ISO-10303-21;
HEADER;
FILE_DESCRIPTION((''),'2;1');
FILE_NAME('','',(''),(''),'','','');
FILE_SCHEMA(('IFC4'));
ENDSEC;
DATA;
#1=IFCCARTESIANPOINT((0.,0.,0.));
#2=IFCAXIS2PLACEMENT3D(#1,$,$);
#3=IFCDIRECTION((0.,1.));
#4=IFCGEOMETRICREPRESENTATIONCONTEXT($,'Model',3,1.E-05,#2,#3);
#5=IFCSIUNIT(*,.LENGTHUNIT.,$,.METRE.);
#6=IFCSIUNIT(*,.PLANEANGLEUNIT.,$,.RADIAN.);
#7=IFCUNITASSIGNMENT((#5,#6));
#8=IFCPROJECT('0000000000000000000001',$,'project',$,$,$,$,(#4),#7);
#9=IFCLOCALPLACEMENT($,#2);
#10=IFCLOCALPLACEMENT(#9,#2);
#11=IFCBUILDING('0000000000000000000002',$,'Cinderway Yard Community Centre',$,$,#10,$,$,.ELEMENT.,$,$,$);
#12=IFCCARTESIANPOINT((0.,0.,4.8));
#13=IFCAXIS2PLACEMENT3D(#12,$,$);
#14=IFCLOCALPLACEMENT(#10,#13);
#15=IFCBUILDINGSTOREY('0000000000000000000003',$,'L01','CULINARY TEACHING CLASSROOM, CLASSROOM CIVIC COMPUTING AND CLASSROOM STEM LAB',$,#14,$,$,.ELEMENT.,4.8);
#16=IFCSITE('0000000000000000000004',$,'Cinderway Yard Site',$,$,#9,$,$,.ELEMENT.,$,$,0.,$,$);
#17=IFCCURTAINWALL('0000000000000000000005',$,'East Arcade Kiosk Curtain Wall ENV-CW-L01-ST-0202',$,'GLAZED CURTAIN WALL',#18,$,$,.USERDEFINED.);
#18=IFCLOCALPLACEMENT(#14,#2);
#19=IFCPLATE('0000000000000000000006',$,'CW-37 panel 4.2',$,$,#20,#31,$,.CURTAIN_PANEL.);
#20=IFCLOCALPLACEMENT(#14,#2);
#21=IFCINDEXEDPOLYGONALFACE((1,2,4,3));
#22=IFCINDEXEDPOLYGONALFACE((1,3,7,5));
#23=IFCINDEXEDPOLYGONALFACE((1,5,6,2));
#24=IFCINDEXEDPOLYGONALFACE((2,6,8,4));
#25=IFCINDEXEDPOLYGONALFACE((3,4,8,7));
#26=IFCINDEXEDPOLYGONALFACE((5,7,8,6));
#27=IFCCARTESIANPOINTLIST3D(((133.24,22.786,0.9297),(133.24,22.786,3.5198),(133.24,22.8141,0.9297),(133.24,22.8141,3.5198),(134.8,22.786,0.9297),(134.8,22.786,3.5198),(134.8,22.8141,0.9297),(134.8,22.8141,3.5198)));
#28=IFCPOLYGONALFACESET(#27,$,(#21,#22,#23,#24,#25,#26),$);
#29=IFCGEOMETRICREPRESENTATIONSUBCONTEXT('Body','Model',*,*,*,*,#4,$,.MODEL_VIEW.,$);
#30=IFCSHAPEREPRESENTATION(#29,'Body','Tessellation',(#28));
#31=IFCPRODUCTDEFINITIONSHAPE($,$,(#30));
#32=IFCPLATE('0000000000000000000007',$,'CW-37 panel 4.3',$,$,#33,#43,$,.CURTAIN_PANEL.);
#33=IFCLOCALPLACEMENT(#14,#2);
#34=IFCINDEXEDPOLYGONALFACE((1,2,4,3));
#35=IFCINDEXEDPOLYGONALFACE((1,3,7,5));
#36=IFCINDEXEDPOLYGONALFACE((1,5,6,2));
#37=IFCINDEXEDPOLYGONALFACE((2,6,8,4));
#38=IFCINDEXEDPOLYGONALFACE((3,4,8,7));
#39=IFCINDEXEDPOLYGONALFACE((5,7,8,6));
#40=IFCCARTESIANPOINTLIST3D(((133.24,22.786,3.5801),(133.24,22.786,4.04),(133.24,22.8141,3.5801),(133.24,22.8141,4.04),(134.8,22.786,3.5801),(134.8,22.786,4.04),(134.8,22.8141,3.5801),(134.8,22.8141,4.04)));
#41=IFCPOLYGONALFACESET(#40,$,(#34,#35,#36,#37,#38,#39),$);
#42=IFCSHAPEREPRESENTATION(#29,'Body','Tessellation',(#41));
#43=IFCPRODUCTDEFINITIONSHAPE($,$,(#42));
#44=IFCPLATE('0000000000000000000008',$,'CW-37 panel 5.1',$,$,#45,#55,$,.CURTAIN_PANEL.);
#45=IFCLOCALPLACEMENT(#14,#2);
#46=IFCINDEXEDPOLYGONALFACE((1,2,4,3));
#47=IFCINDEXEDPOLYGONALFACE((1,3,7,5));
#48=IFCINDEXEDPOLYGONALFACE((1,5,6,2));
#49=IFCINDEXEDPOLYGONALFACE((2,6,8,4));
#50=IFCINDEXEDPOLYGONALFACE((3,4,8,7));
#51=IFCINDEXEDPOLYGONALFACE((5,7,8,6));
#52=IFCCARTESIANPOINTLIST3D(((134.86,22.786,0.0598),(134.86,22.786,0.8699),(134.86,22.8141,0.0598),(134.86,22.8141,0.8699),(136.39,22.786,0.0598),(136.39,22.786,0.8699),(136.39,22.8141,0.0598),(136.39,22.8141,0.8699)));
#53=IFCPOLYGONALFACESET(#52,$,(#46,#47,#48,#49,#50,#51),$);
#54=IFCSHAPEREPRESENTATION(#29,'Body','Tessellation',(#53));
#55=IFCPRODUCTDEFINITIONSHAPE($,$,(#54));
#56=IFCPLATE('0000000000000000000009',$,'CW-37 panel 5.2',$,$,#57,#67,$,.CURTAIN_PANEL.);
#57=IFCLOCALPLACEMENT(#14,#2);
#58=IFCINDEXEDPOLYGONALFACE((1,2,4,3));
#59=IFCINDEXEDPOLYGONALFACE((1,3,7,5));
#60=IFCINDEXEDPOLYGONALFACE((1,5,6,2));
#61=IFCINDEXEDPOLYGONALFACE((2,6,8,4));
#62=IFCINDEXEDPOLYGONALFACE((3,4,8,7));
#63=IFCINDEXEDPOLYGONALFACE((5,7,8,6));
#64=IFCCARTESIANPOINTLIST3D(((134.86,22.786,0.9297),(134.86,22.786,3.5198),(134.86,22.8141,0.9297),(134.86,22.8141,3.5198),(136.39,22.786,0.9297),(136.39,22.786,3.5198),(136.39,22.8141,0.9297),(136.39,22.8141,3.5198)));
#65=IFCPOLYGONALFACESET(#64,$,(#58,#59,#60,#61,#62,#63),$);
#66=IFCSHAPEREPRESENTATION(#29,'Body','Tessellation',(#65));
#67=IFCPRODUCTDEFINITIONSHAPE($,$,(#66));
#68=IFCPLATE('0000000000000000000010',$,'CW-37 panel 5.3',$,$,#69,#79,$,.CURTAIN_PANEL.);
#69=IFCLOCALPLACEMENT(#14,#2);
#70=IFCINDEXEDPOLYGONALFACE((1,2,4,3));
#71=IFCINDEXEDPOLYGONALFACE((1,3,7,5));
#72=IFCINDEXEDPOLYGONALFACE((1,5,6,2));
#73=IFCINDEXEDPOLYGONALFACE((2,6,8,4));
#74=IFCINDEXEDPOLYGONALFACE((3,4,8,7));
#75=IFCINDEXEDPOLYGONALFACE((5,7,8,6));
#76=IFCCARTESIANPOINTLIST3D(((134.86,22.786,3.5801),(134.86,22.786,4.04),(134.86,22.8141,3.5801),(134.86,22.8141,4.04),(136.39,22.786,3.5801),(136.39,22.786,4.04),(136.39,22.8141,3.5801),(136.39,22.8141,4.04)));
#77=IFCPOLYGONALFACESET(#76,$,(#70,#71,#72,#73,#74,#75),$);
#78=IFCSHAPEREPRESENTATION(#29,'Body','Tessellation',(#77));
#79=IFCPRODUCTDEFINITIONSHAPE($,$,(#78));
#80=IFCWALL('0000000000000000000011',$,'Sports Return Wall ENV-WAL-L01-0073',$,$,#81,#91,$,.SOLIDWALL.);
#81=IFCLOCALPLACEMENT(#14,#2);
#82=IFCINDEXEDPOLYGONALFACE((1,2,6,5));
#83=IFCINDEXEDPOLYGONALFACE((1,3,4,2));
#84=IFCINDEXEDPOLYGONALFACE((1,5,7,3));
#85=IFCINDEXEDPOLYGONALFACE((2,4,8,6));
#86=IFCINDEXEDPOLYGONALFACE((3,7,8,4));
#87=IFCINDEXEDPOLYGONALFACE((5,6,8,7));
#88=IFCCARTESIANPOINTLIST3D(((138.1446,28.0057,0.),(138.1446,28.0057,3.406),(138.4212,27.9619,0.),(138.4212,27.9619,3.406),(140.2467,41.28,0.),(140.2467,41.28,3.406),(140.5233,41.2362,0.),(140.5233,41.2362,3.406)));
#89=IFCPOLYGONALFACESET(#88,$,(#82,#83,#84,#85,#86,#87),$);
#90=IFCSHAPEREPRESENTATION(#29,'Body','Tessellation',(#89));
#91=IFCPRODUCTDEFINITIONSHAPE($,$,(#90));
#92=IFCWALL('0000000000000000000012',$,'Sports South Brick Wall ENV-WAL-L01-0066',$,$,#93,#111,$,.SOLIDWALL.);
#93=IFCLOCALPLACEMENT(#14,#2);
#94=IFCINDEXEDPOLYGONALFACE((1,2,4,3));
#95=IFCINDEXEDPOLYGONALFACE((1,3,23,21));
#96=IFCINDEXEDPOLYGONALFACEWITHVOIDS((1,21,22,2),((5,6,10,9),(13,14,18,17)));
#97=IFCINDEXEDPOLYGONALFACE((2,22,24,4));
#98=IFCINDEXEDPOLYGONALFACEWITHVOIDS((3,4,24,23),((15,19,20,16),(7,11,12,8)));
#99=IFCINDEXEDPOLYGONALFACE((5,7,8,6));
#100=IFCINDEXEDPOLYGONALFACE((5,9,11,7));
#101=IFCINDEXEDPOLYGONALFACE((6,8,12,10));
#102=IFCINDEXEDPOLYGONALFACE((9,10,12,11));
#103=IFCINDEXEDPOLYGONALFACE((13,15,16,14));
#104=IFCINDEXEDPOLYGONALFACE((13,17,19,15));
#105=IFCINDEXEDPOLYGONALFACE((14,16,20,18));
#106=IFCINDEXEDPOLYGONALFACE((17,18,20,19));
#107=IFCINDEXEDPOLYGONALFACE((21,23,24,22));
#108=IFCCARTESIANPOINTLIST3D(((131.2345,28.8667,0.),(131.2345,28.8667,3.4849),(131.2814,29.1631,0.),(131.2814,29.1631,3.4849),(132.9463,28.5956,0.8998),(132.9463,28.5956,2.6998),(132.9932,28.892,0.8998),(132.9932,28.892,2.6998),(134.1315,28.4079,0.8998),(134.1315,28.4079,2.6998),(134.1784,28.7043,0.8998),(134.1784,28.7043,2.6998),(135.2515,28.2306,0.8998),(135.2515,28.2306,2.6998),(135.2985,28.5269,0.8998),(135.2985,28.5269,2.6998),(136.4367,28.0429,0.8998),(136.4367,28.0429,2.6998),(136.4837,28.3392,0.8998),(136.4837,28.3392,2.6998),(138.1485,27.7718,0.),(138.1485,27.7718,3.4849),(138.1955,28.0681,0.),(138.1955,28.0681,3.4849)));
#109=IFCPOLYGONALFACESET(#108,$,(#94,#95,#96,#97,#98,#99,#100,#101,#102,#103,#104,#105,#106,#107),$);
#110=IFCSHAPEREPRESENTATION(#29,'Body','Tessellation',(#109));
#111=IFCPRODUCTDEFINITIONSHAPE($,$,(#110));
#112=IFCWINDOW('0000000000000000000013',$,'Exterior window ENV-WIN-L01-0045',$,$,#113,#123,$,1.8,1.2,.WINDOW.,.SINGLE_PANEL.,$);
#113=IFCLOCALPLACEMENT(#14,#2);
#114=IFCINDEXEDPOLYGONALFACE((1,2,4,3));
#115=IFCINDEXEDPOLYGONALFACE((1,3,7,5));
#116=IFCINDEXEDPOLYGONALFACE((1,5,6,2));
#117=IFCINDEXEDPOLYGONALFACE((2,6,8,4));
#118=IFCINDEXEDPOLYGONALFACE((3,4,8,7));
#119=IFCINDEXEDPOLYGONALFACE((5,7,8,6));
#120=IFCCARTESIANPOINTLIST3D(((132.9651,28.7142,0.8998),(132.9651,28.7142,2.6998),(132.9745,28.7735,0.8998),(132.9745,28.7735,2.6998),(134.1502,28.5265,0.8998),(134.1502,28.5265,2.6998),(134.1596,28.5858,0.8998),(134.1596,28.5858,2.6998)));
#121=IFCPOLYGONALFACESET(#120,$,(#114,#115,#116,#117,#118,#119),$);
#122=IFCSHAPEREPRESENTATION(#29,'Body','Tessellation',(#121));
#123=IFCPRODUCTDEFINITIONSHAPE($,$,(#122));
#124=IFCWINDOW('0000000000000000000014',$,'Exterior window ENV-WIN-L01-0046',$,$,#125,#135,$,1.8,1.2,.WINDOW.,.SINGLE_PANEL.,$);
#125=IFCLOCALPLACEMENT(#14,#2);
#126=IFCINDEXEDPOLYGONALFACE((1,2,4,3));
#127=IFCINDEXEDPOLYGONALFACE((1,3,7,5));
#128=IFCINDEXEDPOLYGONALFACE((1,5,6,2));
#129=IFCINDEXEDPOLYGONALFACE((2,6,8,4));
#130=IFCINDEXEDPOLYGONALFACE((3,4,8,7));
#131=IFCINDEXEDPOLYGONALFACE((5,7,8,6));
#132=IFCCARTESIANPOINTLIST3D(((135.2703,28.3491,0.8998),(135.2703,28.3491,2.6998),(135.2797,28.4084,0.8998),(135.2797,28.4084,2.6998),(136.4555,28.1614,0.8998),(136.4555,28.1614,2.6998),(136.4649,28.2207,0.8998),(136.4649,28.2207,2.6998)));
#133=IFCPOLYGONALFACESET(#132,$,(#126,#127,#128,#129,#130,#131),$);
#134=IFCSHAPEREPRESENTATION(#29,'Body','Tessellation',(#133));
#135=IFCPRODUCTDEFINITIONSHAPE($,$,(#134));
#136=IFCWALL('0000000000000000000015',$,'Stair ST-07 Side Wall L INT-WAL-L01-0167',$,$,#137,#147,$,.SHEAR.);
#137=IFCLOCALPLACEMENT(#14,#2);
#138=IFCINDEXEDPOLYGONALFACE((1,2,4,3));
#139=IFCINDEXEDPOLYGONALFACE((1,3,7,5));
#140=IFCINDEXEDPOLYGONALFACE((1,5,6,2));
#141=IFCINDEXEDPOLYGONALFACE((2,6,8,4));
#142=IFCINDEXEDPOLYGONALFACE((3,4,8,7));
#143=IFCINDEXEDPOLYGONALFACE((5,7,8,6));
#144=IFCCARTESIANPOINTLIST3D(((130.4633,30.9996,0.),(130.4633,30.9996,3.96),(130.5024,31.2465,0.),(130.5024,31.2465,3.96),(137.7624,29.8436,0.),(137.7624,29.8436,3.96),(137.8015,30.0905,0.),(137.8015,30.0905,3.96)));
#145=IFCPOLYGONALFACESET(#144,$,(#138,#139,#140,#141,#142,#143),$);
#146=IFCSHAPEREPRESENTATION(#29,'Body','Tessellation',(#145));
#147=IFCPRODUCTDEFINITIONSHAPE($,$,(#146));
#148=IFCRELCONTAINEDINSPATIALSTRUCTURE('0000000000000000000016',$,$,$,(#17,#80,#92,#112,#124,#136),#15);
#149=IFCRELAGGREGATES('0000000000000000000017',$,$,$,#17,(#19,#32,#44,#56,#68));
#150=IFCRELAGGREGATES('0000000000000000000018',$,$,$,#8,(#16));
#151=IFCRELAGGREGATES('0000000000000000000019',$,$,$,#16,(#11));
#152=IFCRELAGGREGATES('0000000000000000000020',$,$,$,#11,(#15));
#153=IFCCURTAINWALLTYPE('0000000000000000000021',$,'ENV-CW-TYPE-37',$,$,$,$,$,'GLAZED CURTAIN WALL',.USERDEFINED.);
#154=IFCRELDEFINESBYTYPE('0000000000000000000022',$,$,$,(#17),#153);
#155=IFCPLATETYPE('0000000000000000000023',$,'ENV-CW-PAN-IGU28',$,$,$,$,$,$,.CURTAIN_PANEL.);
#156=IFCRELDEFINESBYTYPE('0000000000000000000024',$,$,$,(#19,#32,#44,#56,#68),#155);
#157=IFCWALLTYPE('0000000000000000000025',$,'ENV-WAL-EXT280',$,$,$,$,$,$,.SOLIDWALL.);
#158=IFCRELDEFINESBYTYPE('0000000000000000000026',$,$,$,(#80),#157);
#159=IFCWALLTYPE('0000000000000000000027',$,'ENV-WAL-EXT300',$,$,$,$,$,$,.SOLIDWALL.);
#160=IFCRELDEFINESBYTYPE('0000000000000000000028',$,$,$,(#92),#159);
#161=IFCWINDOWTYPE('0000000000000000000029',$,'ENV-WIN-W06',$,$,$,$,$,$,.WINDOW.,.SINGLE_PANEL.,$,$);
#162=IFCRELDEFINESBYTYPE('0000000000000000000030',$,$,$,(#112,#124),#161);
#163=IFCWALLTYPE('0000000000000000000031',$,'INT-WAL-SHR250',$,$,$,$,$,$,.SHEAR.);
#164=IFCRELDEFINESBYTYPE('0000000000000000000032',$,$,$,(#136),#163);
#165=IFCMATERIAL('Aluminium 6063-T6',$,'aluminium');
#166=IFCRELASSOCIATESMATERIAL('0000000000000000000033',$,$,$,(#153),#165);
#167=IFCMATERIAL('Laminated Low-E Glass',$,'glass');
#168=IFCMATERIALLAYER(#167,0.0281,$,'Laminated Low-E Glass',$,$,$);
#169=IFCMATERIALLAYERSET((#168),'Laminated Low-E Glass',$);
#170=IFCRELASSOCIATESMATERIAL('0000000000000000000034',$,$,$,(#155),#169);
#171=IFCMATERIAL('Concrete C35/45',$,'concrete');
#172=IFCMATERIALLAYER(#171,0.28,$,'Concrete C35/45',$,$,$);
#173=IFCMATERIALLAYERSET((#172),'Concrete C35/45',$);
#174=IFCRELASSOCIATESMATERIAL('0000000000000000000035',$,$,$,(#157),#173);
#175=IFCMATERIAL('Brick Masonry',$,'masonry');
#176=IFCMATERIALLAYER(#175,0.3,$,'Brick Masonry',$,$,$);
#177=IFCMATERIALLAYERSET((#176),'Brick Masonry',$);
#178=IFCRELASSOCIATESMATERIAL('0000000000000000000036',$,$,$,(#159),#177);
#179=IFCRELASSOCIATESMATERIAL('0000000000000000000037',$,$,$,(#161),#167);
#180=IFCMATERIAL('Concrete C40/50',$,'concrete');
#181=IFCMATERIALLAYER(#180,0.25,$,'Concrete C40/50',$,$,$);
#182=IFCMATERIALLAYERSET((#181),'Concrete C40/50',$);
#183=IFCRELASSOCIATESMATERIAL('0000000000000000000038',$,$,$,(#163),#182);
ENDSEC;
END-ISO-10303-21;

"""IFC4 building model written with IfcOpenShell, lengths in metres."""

from ifc_helpers import new_model, si_unit, direction, frame, frame_2d, origin, origin_2d, place, context, subcontext, project, spatial, rectangle, extrude, material, layer, layer_set, type_object, element, fill, aggregate, save


model = new_model("IFC4")

# Units and contexts
model_context = context("Model", 3, precision=1e-05, world=origin(), true_north=direction((0.0, 1.0)))
body_context = subcontext(model_context, "Body", "Model", "MODEL_VIEW")
ifc_project = project(units=[si_unit("LENGTHUNIT", "METRE"), si_unit("PLANEANGLEUNIT", "RADIAN")], contexts=[model_context])

# Site, building, storey
site_placement = place(None, origin())
site = spatial("IfcSite", under=ifc_project, at=site_placement, Name="Cinderway Yard Site", CompositionType="ELEMENT", RefElevation=0.0)
building_placement = place(site_placement, origin())
building = spatial("IfcBuilding", under=site, at=building_placement, Name="Cinderway Yard Community Centre", CompositionType="ELEMENT")
storey_placement = place(building_placement, frame((0.0, 0.0, 4.8)))
storey = spatial("IfcBuildingStorey", under=building, at=storey_placement, Name="L01", Description="CULINARY TEACHING CLASSROOM, CLASSROOM CIVIC COMPUTING AND CLASSROOM STEM LAB", CompositionType="ELEMENT", Elevation=4.8)

# Shared definitions
ifc_material_1 = material(Name="Concrete C40/50", Category="concrete")

# Curtain wall
ifc_material_2 = material(Name="Aluminium 6063-T6", Category="aluminium")
curtain_wall_type = type_object("IfcCurtainWallType", Name="ENV-CW-TYPE-37", ElementType="GLAZED CURTAIN WALL", PredefinedType="USERDEFINED", material=ifc_material_2)
curtain_wall_placement = place(storey_placement, origin())
curtain_wall = element("IfcCurtainWall", 1, at=curtain_wall_placement, inside=storey, type_object=curtain_wall_type, Name="East Arcade Kiosk Curtain Wall ENV-CW-L01-ST-0202", ObjectType="GLAZED CURTAIN WALL", PredefinedType="USERDEFINED")

# Plates
ifc_material_3 = material(Name="Laminated Low-E Glass", Category="glass")
ifc_layer_1 = layer(ifc_material_3, 0.0281, Name="Laminated Low-E Glass")
ifc_layer_set_1 = layer_set([ifc_layer_1], Name="Laminated Low-E Glass")
plate_type = type_object("IfcPlateType", Name="ENV-CW-PAN-IGU28", PredefinedType="CURTAIN_PANEL", material=ifc_layer_set_1)
plate_1_placement = place(storey_placement, frame((134.02, 22.8, 0.9297), z_axis=(0.0, 0.0, 1.0), x_axis=(1.0, 0.0, 0.0)))
plate_1 = element("IfcPlate", 2, at=plate_1_placement, type_object=plate_type, Name="CW-37 panel 4.2", PredefinedType="CURTAIN_PANEL", context=body_context, shape_type="SweptSolid", body=[
    extrude(rectangle(XDim=1.5601, YDim=0.0281, at=origin_2d()), origin(), (0.0, 0.0, 1.0), 2.5901),
])
plate_2_placement = place(storey_placement, frame((134.02, 22.8, 3.5801), z_axis=(0.0, 0.0, 1.0), x_axis=(1.0, 0.0, 0.0)))
plate_2 = element("IfcPlate", 3, at=plate_2_placement, type_object=plate_type, Name="CW-37 panel 4.3", PredefinedType="CURTAIN_PANEL", context=body_context, shape_type="SweptSolid", body=[
    extrude(rectangle(XDim=1.5601, YDim=0.0281, at=origin_2d()), origin(), (0.0, 0.0, 1.0), 0.46),
])
plate_3_placement = place(storey_placement, frame((135.625, 22.8, 0.0598), z_axis=(0.0, 0.0, 1.0), x_axis=(1.0, 0.0, 0.0)))
plate_3 = element("IfcPlate", 4, at=plate_3_placement, type_object=plate_type, Name="CW-37 panel 5.1", PredefinedType="CURTAIN_PANEL", context=body_context, shape_type="SweptSolid", body=[
    extrude(rectangle(XDim=1.53, YDim=0.0281, at=origin_2d()), origin(), (0.0, 0.0, 1.0), 0.8101),
])
plate_4_placement = place(storey_placement, frame((135.625, 22.8, 0.9297), z_axis=(0.0, 0.0, 1.0), x_axis=(1.0, 0.0, 0.0)))
plate_4 = element("IfcPlate", 5, at=plate_4_placement, type_object=plate_type, Name="CW-37 panel 5.2", PredefinedType="CURTAIN_PANEL", context=body_context, shape_type="SweptSolid", body=[
    extrude(rectangle(XDim=1.53, YDim=0.0281, at=origin_2d()), origin(), (0.0, 0.0, 1.0), 2.5901),
])
plate_5_placement = place(storey_placement, frame((135.625, 22.8, 3.5801), z_axis=(0.0, 0.0, 1.0), x_axis=(1.0, 0.0, 0.0)))
plate_5 = element("IfcPlate", 6, at=plate_5_placement, type_object=plate_type, Name="CW-37 panel 5.3", PredefinedType="CURTAIN_PANEL", context=body_context, shape_type="SweptSolid", body=[
    extrude(rectangle(XDim=1.53, YDim=0.0281, at=origin_2d()), origin(), (0.0, 0.0, 1.0), 0.46),
])
aggregate(curtain_wall, [plate_1, plate_2, plate_3, plate_4, plate_5])

# Wall
ifc_material_4 = material(Name="Concrete C35/45", Category="concrete")
ifc_layer_2 = layer(ifc_material_4, 0.28, Name="Concrete C35/45")
ifc_layer_set_2 = layer_set([ifc_layer_2], Name="Concrete C35/45")
wall_type_1 = type_object("IfcWallType", Name="ENV-WAL-EXT280", PredefinedType="SOLIDWALL", material=ifc_layer_set_2)
wall_1_placement = place(storey_placement, frame((138.283, 27.9839, 0.0), z_axis=(0.0, 0.0, 1.0), x_axis=(0.156408, 0.987693, 0.0)))
element("IfcWall", 7, at=wall_1_placement, inside=storey, type_object=wall_type_1, Name="Sports Return Wall ENV-WAL-L01-0073", PredefinedType="SOLIDWALL", context=body_context, shape_type="SweptSolid", body=[
    extrude(rectangle(XDim=13.4397, YDim=0.28, at=frame_2d((6.7197, 0.0))), origin(), (0.0, 0.0, 1.0), 3.406),
])

# Wall, openings, windows
ifc_material_5 = material(Name="Brick Masonry", Category="masonry")
ifc_layer_3 = layer(ifc_material_5, 0.3, Name="Brick Masonry")
ifc_layer_set_3 = layer_set([ifc_layer_3], Name="Brick Masonry")
wall_type_2 = type_object("IfcWallType", Name="ENV-WAL-EXT300", PredefinedType="SOLIDWALL", material=ifc_layer_set_3)
wall_2_placement = place(storey_placement, frame((131.2581, 29.0149, 0.0), z_axis=(0.0, 0.0, 1.0), x_axis=(0.987691, -0.156419, 0.0)))
wall_2 = element("IfcWall", 8, at=wall_2_placement, inside=storey, type_object=wall_type_2, Name="Sports South Brick Wall ENV-WAL-L01-0066", PredefinedType="SOLIDWALL", context=body_context, shape_type="SweptSolid", body=[
    extrude(rectangle(XDim=7.0002, YDim=0.3, at=frame_2d((3.5, 0.0))), origin(), (0.0, 0.0, 1.0), 3.4849),
])
opening_1_placement = place(wall_2_placement, frame((1.7329, 0.0, 0.8999)))
opening_1 = element("IfcOpeningElement", 9, at=opening_1_placement, cuts=wall_2, PredefinedType="OPENING", context=body_context, shape_type="SweptSolid", body=[
    extrude(rectangle(XDim=1.2, YDim=1.8, at=frame_2d((0.6001, 0.8999))), frame((0.0, 0.1599, 0.0), z_axis=(0.0, -1.0, 0.0), x_axis=(1.0, 0.0, 0.0)), (0.0, 0.0, 1.0), 0.3201),
])
opening_2_placement = place(wall_2_placement, frame((4.0669, 0.0, 0.8999)))
opening_2 = element("IfcOpeningElement", 10, at=opening_2_placement, cuts=wall_2, PredefinedType="OPENING", context=body_context, shape_type="SweptSolid", body=[
    extrude(rectangle(XDim=1.2, YDim=1.8, at=frame_2d((0.6001, 0.8999))), frame((0.0, 0.1599, 0.0), z_axis=(0.0, -1.0, 0.0), x_axis=(1.0, 0.0, 0.0)), (0.0, 0.0, 1.0), 0.3201),
])
window_type = type_object("IfcWindowType", Name="ENV-WIN-W06", PartitioningType="SINGLE_PANEL", PredefinedType="WINDOW", material=ifc_material_3)
window_1_placement = place(opening_1_placement, origin())
window_1 = element("IfcWindow", 11, at=window_1_placement, inside=storey, type_object=window_type, Name="Exterior window ENV-WIN-L01-0045", OverallHeight=1.8, OverallWidth=1.2, PartitioningType="SINGLE_PANEL", PredefinedType="WINDOW", context=body_context, shape_type="SweptSolid", body=[
    extrude(rectangle(XDim=1.2, YDim=1.8, at=frame_2d((0.6001, 0.8999))), frame((0.0, 0.03, 0.0), z_axis=(0.0, -1.0, 0.0), x_axis=(1.0, 0.0, 0.0)), (0.0, 0.0, 1.0), 0.0601),
])
fill(opening_1, window_1)
window_2_placement = place(opening_2_placement, origin())
window_2 = element("IfcWindow", 12, at=window_2_placement, inside=storey, type_object=window_type, Name="Exterior window ENV-WIN-L01-0046", OverallHeight=1.8, OverallWidth=1.2, PartitioningType="SINGLE_PANEL", PredefinedType="WINDOW", context=body_context, shape_type="SweptSolid", body=[
    extrude(rectangle(XDim=1.2, YDim=1.8, at=frame_2d((0.6001, 0.8999))), frame((0.0, 0.03, 0.0), z_axis=(0.0, -1.0, 0.0), x_axis=(1.0, 0.0, 0.0)), (0.0, 0.0, 1.0), 0.0601),
])
fill(opening_2, window_2)

# Wall
ifc_layer_4 = layer(ifc_material_1, 0.25, Name="Concrete C40/50")
ifc_layer_set_4 = layer_set([ifc_layer_4], Name="Concrete C40/50")
wall_type_3 = type_object("IfcWallType", Name="INT-WAL-SHR250", PredefinedType="SHEAR", material=ifc_layer_set_4)
wall_3_placement = place(storey_placement, frame((137.782, 29.967, 0.0), z_axis=(0.0, 0.0, 1.0), x_axis=(-0.987689, 0.156427, 0.0)))
element("IfcWall", 13, at=wall_3_placement, inside=storey, type_object=wall_type_3, Name="Stair ST-07 Side Wall L INT-WAL-L01-0167", PredefinedType="SHEAR", context=body_context, shape_type="SweptSolid", body=[
    extrude(rectangle(XDim=7.3901, YDim=0.25, at=frame_2d((3.6951, 0.0))), origin(), (0.0, 0.0, 1.0), 3.96),
])

save(model, "model.ifc")
